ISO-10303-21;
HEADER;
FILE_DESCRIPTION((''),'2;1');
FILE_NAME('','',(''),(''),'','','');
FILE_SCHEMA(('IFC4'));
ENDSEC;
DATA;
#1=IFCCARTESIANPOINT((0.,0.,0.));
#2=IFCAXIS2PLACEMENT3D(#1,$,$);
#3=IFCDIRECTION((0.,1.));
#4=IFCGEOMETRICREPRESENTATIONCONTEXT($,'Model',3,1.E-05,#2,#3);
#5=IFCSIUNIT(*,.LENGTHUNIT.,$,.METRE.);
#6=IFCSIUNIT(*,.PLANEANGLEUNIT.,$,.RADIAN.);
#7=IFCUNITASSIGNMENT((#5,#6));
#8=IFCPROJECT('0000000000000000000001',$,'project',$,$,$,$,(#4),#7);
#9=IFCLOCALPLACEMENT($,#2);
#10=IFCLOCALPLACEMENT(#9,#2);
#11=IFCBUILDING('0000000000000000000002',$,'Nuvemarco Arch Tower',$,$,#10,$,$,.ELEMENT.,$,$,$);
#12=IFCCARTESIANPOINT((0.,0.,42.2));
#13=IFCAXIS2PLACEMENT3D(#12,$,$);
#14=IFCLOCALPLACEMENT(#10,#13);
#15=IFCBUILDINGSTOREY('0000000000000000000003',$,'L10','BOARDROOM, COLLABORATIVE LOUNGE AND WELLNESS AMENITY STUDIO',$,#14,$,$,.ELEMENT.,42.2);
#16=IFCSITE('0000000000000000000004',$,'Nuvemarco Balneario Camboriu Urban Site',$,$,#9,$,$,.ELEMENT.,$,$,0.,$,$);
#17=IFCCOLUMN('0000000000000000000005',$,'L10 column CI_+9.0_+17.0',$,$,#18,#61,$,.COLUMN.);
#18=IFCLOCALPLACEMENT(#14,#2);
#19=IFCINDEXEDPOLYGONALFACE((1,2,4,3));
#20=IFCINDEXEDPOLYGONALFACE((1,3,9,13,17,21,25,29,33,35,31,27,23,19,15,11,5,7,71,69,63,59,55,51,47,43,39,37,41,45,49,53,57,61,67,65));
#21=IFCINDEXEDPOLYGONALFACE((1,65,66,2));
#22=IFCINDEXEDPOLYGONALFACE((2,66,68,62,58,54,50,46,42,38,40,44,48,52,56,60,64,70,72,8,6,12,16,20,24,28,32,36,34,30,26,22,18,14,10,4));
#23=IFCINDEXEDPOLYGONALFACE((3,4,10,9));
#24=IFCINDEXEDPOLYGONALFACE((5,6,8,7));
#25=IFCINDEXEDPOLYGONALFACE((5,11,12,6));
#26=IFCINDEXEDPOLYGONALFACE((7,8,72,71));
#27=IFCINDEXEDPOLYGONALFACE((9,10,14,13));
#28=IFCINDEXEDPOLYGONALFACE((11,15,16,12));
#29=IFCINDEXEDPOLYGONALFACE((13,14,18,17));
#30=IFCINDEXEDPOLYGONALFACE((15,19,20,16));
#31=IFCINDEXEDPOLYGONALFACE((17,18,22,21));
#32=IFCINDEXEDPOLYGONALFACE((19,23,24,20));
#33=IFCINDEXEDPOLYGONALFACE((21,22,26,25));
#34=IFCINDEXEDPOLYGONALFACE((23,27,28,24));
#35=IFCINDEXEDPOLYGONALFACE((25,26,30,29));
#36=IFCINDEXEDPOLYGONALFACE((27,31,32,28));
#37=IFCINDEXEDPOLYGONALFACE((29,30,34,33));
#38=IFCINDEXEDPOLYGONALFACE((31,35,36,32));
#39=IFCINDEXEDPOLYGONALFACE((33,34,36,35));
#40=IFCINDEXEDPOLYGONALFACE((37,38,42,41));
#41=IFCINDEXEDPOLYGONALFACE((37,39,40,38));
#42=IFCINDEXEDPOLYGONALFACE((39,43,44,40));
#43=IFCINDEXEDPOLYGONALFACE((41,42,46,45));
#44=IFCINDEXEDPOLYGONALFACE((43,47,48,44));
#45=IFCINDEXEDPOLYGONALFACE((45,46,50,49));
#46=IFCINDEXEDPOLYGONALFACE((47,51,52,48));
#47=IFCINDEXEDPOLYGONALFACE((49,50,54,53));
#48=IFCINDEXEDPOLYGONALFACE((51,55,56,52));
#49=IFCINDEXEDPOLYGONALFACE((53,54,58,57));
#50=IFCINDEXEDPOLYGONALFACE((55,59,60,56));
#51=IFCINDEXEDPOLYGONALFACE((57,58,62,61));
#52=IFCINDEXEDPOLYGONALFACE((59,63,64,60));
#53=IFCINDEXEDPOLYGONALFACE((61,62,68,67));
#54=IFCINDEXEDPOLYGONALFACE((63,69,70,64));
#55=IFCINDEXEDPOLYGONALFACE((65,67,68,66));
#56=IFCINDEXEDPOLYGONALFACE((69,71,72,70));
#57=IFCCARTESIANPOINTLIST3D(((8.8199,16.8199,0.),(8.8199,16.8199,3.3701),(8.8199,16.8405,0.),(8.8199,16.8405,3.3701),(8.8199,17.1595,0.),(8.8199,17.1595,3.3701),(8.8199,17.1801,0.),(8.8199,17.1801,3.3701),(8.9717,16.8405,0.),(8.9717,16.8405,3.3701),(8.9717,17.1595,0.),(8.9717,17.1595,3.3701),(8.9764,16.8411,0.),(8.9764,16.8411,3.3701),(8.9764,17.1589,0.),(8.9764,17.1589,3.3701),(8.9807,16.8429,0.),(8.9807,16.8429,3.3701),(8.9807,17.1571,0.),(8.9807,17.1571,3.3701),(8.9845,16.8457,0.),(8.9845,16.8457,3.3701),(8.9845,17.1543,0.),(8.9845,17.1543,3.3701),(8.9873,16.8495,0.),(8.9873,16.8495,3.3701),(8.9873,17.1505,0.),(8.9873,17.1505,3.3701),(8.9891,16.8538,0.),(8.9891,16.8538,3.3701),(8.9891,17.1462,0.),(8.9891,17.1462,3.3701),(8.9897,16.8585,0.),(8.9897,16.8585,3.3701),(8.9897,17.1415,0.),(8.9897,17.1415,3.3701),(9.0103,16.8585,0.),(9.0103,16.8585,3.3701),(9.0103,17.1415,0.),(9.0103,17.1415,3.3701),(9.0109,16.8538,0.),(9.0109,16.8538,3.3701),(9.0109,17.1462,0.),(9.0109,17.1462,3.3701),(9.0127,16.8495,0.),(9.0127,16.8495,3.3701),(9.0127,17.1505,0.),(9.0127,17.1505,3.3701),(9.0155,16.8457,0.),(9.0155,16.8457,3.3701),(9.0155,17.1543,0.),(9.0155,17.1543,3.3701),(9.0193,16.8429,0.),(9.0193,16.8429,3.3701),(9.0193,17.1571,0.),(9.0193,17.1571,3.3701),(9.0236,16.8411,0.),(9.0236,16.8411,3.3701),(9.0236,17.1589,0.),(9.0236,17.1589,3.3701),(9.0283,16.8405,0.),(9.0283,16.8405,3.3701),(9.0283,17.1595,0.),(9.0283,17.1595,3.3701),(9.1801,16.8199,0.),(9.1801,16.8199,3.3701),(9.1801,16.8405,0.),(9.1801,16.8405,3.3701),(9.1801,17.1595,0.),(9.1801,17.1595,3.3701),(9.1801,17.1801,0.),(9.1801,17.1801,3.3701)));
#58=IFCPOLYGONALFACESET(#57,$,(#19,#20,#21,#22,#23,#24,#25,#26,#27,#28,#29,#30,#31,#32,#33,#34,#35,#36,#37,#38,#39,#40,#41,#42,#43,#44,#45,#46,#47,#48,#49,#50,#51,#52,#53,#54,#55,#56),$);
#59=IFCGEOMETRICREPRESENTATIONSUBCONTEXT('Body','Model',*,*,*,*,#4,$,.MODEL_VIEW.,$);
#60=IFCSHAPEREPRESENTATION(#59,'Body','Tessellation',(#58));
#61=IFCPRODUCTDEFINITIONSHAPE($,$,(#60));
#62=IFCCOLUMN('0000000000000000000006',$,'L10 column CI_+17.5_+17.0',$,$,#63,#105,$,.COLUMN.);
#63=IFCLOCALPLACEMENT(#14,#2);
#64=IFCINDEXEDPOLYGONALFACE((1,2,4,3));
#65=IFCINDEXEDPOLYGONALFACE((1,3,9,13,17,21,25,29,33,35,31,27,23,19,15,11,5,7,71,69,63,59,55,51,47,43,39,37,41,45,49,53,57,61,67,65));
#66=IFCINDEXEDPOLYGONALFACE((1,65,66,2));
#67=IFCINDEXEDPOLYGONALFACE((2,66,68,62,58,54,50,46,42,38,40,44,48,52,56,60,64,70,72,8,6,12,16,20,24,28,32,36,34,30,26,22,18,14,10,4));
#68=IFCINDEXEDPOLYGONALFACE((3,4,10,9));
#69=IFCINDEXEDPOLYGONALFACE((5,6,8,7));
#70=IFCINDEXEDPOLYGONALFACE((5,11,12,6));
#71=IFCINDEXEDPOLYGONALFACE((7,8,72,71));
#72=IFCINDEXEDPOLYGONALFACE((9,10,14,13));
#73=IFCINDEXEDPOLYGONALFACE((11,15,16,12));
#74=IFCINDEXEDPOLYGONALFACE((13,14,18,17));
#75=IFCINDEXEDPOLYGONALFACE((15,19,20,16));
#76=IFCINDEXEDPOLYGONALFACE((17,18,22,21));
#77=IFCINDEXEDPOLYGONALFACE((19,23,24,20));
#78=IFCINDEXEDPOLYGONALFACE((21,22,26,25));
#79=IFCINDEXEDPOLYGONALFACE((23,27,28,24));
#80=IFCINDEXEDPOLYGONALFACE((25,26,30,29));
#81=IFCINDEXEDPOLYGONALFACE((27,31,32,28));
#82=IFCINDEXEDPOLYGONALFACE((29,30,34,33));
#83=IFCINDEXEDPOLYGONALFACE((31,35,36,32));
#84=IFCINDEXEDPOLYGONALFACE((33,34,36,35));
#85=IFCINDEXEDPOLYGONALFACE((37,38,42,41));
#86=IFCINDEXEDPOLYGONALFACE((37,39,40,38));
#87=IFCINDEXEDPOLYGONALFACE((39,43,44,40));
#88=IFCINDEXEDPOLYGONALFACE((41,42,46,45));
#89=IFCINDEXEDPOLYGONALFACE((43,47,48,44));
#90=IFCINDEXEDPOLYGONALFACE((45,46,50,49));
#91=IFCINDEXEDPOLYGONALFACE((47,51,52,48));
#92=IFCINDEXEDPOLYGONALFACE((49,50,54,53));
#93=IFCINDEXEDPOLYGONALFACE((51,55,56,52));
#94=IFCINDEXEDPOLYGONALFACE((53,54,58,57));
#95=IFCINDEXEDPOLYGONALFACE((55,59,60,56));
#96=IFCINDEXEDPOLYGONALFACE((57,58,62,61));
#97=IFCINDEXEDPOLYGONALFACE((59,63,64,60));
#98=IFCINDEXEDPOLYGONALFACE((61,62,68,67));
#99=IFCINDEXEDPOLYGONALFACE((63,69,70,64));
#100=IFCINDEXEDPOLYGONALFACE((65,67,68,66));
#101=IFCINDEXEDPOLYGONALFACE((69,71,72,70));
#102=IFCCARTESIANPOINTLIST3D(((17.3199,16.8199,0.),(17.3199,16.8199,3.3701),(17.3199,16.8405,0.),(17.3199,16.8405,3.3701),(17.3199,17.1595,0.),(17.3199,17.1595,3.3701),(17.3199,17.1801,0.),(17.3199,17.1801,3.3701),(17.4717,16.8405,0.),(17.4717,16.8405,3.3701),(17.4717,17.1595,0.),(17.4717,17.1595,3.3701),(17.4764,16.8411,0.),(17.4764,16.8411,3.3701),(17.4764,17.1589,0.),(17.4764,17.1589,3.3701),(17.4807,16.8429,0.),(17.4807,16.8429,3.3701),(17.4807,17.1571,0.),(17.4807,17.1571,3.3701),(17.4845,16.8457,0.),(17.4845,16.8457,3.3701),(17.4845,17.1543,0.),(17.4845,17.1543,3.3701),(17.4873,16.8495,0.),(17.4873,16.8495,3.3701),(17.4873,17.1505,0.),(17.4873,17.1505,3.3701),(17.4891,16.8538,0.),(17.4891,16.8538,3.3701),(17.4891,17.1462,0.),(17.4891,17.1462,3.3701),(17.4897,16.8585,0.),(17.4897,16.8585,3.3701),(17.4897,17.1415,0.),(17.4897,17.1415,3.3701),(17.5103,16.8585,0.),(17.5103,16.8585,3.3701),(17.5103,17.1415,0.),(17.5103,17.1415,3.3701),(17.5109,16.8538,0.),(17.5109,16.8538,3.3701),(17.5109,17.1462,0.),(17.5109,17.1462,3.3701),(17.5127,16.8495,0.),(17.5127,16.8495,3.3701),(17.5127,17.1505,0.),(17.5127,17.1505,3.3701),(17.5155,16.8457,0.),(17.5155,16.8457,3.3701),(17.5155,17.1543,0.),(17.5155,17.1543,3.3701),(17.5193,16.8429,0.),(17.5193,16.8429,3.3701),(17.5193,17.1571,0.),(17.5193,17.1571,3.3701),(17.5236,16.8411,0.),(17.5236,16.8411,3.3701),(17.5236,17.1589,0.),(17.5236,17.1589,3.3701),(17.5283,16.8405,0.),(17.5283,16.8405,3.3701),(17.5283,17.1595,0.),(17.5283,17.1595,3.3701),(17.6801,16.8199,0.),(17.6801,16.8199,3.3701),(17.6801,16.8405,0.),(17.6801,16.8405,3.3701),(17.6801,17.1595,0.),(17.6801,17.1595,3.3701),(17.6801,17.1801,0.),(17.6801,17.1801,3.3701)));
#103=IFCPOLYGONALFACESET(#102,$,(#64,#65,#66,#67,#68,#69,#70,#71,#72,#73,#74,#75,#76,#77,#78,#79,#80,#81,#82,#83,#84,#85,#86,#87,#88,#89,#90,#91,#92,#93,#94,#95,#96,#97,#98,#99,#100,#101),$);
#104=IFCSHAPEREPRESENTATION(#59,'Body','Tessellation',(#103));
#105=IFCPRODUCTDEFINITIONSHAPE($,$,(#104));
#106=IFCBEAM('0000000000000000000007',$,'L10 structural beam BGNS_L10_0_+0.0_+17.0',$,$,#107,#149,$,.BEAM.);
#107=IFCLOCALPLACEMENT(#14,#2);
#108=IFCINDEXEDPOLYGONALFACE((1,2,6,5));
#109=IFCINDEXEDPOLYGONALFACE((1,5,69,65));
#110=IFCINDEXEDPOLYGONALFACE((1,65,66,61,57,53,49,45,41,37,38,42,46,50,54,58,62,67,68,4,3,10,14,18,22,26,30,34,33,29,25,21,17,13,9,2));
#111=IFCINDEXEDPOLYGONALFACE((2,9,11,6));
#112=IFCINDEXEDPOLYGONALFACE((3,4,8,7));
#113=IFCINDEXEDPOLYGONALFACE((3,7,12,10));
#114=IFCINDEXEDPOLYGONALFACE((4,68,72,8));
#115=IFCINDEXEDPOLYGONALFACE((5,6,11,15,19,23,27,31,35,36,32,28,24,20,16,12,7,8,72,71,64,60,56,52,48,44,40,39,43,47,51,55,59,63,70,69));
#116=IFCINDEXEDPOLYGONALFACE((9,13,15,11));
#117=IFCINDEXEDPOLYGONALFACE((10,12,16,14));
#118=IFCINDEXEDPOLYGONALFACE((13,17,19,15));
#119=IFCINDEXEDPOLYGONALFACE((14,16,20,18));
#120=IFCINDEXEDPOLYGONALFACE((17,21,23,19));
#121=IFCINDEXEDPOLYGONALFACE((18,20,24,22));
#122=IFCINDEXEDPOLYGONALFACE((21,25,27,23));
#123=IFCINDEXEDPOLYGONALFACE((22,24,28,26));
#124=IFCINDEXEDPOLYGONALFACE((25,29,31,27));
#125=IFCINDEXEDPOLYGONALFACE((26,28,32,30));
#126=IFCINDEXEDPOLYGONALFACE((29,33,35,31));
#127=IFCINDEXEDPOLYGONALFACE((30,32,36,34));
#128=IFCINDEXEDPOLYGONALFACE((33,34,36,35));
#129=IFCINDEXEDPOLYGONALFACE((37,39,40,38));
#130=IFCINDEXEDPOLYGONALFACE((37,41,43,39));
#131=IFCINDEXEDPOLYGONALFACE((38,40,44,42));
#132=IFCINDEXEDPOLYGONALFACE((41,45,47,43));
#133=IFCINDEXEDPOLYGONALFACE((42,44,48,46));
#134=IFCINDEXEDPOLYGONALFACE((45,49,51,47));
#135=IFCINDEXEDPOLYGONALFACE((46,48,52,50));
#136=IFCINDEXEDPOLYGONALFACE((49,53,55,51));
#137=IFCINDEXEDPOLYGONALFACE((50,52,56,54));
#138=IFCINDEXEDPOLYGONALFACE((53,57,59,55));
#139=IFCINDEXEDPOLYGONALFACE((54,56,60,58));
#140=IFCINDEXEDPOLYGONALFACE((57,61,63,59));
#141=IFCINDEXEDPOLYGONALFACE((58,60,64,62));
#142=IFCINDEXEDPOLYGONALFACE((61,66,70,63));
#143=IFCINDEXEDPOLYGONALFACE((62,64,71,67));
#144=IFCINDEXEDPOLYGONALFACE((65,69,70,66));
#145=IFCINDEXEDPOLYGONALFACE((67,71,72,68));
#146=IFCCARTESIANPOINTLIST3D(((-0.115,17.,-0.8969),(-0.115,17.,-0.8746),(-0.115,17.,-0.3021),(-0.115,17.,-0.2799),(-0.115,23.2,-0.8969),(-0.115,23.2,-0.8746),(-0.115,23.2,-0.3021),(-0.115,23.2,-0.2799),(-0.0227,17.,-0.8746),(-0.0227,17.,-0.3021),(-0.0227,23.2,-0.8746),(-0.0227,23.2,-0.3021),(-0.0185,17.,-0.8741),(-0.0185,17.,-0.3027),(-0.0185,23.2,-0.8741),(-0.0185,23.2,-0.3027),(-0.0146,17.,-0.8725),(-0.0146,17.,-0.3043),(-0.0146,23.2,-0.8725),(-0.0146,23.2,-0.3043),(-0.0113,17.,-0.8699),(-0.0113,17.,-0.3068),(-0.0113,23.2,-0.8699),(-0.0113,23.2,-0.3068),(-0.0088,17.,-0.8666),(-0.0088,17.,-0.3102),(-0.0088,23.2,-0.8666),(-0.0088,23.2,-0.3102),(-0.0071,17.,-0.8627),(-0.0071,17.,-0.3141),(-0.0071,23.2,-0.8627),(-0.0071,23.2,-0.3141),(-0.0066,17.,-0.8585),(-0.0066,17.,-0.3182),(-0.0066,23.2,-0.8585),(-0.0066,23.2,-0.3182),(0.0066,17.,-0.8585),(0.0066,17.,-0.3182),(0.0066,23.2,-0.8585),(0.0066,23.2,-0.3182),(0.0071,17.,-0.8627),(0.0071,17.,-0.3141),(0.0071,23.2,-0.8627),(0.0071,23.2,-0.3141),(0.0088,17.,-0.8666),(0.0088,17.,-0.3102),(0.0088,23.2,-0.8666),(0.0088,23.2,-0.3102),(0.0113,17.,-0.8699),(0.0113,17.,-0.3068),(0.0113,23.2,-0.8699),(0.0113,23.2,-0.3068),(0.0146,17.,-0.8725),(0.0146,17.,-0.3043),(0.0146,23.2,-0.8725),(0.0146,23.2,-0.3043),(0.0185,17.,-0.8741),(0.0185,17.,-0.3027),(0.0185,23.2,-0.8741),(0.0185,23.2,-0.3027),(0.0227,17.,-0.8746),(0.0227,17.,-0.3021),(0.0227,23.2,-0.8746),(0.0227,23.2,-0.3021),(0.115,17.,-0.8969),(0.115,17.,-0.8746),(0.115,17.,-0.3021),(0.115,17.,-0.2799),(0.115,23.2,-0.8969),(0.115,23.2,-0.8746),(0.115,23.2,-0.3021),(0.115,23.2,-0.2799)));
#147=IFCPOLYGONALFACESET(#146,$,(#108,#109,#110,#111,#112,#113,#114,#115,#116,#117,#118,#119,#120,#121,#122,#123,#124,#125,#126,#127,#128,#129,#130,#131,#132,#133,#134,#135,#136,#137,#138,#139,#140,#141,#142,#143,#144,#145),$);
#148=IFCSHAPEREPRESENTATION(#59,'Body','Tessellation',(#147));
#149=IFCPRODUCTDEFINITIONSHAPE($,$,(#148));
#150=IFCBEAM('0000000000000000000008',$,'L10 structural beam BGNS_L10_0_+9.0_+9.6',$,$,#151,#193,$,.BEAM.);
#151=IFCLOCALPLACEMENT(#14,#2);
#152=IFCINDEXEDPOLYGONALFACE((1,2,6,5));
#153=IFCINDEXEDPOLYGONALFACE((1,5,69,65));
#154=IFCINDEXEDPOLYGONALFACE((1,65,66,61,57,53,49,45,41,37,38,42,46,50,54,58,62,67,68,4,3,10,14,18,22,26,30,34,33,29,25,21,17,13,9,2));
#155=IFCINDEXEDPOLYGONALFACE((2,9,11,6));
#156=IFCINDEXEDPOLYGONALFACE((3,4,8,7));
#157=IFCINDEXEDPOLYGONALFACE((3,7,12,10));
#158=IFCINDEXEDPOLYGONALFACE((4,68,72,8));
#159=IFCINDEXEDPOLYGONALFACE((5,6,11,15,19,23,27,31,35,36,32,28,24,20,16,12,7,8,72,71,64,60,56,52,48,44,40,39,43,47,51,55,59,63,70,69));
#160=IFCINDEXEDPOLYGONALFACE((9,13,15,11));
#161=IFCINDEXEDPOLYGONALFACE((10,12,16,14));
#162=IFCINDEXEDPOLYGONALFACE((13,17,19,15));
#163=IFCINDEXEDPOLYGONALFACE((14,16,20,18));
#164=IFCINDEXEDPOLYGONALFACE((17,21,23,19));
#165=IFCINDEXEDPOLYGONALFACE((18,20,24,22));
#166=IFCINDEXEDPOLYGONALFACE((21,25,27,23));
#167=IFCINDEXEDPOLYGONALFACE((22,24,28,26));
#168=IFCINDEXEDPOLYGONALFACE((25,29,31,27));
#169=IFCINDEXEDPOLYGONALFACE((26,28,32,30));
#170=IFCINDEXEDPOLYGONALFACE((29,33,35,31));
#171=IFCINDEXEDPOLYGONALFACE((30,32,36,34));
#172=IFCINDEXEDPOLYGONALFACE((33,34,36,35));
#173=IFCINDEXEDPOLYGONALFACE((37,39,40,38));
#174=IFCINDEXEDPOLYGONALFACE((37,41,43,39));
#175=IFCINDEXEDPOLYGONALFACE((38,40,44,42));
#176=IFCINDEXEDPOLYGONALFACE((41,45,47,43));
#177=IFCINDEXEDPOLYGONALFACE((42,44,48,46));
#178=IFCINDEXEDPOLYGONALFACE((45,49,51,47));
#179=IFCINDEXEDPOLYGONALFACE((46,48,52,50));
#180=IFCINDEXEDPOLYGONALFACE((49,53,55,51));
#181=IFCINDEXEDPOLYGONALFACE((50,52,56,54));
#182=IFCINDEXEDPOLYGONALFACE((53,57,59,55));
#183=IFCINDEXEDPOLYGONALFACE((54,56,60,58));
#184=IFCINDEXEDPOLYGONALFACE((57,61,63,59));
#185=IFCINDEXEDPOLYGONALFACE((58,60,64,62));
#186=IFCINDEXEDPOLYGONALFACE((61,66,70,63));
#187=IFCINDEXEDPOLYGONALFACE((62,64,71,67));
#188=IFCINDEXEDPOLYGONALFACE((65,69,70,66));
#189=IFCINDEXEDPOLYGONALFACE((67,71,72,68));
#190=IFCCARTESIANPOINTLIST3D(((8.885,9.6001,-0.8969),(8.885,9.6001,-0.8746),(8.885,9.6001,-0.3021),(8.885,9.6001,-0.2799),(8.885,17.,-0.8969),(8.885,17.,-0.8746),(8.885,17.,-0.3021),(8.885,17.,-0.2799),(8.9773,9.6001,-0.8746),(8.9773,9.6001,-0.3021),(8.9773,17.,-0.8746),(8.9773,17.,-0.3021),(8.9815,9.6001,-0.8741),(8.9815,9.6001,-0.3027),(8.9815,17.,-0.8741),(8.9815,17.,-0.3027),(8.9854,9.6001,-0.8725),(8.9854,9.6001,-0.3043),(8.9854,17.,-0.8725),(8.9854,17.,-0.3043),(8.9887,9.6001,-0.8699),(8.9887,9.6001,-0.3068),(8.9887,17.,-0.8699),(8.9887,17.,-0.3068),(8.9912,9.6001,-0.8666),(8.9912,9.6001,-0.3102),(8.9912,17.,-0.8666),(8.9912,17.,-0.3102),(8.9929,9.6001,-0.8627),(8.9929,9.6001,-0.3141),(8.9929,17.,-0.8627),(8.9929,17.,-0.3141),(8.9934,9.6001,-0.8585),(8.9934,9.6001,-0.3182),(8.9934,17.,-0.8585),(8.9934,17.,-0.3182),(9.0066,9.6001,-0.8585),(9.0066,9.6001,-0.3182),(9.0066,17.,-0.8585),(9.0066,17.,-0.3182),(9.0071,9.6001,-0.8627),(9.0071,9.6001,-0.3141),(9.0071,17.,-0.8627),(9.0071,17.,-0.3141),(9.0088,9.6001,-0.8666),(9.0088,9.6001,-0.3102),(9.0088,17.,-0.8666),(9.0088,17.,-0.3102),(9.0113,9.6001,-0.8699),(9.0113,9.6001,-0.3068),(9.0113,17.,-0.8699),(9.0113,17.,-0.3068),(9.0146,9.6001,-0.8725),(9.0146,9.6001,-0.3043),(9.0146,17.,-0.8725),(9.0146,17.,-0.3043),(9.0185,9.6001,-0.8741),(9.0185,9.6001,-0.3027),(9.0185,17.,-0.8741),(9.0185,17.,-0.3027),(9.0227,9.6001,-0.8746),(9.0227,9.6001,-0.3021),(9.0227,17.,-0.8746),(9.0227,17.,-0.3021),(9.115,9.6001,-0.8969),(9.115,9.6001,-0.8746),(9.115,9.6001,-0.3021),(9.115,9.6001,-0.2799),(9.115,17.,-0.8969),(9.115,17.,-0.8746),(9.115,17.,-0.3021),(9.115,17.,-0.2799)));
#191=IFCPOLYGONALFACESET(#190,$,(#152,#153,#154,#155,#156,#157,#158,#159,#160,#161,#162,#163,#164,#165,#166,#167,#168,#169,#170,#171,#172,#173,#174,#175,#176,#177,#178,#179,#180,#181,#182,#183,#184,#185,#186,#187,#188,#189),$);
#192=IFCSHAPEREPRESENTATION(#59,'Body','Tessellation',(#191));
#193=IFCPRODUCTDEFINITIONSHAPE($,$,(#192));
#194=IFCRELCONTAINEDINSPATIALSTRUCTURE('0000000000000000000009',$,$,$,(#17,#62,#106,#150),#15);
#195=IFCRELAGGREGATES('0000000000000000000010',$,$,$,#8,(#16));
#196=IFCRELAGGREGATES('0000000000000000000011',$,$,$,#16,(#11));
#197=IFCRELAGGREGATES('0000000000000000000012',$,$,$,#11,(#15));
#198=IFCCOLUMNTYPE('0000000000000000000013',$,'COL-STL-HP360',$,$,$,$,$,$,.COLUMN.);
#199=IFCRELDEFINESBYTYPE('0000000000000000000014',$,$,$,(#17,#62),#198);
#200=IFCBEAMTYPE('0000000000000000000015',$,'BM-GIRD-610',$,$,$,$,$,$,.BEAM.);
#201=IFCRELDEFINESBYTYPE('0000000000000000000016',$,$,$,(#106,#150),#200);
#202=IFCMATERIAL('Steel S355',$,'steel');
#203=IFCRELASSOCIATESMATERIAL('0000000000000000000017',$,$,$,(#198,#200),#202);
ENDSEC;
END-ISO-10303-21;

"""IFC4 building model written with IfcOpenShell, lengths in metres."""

from ifc_helpers import new_model, si_unit, direction, frame, origin, origin_2d, place, context, subcontext, project, spatial, i_section, extrude, material, material_profile, profile_set, type_object, element, save


model = new_model("IFC4")

# Units and contexts
model_context = context("Model", 3, precision=1e-05, world=origin(), true_north=direction((0.0, 1.0)))
body_context = subcontext(model_context, "Body", "Model", "MODEL_VIEW")
ifc_project = project(units=[si_unit("LENGTHUNIT", "METRE"), si_unit("PLANEANGLEUNIT", "RADIAN")], contexts=[model_context])

# Site, building, storey
site_placement = place(None, origin())
site = spatial("IfcSite", under=ifc_project, at=site_placement, Name="Nuvemarco Balneario Camboriu Urban Site", CompositionType="ELEMENT", RefElevation=0.0)
building_placement = place(site_placement, origin())
building = spatial("IfcBuilding", under=site, at=building_placement, Name="Nuvemarco Arch Tower", CompositionType="ELEMENT")
storey_placement = place(building_placement, frame((0.0, 0.0, 42.2)))
storey = spatial("IfcBuildingStorey", under=building, at=storey_placement, Name="L10", Description="BOARDROOM, COLLABORATIVE LOUNGE AND WELLNESS AMENITY STUDIO", CompositionType="ELEMENT", Elevation=42.2)

# Columns
ifc_material_1 = material(Name="Steel S355", Category="steel")
ifc_material_profile_1 = material_profile(ifc_material_1, i_section(OverallWidth=0.3601, OverallDepth=0.3601, WebThickness=0.0205, FlangeThickness=0.0205, FilletRadius=0.0181, at=origin_2d()), Name="HP360x174")
ifc_profile_set_1 = profile_set([ifc_material_profile_1], Name="Steel S355")
column_type_1 = type_object("IfcColumnType", Name="COL-STL-HP360", PredefinedType="COLUMN", material=ifc_profile_set_1)
for number, where, z_axis, x_axis, name in (
    (1, (9.0, 17.0, 0.0), (0.0, 0.0, 1.0), (1.0, 0.0, 0.0), "L10 column CI_+9.0_+17.0"),
    (2, (17.5, 17.0, 0.0), (0.0, 0.0, 1.0), (1.0, 0.0, 0.0), "L10 column CI_+17.5_+17.0"),
):
    element("IfcColumn", number, at=place(storey_placement, frame(where, z_axis=z_axis, x_axis=x_axis)), inside=storey, type_object=column_type_1, Name=name, PredefinedType="COLUMN", context=body_context, shape_type="SweptSolid", body=[
        extrude(i_section(OverallWidth=0.3601, OverallDepth=0.3601, WebThickness=0.0205, FlangeThickness=0.0205, FilletRadius=0.0181, at=origin_2d()), origin(), (0.0, 0.0, 1.0), 3.3701),
    ])

# Beams
ifc_material_profile_2 = material_profile(ifc_material_1, i_section(OverallWidth=0.23, OverallDepth=0.6169, WebThickness=0.0132, FlangeThickness=0.0222, FilletRadius=0.0161, at=origin_2d()), Name="W610x140")
ifc_profile_set_2 = profile_set([ifc_material_profile_2], Name="Steel S355")
beam_type_1 = type_object("IfcBeamType", Name="BM-GIRD-610", PredefinedType="BEAM", material=ifc_profile_set_2)
beam_1_placement = place(storey_placement, frame((0.0, 17.0, -0.5884), z_axis=(0.0, 1.0, 0.0), x_axis=(-1.0, 0.0, 0.0)))
element("IfcBeam", 3, at=beam_1_placement, inside=storey, type_object=beam_type_1, Name="L10 structural beam BGNS_L10_0_+0.0_+17.0", PredefinedType="BEAM", context=body_context, shape_type="SweptSolid", body=[
    extrude(i_section(OverallWidth=0.23, OverallDepth=0.6169, WebThickness=0.0132, FlangeThickness=0.0222, FilletRadius=0.0161, at=origin_2d()), origin(), (0.0, 0.0, 1.0), 6.2),
])
beam_2_placement = place(storey_placement, frame((9.0, 9.6001, -0.5884), z_axis=(0.0, 1.0, 0.0), x_axis=(-1.0, 0.0, 0.0)))
element("IfcBeam", 4, at=beam_2_placement, inside=storey, type_object=beam_type_1, Name="L10 structural beam BGNS_L10_0_+9.0_+9.6", PredefinedType="BEAM", context=body_context, shape_type="SweptSolid", body=[
    extrude(i_section(OverallWidth=0.23, OverallDepth=0.6169, WebThickness=0.0132, FlangeThickness=0.0222, FilletRadius=0.0161, at=origin_2d()), origin(), (0.0, 0.0, 1.0), 7.3999),
])

save(model, "model.ifc")
